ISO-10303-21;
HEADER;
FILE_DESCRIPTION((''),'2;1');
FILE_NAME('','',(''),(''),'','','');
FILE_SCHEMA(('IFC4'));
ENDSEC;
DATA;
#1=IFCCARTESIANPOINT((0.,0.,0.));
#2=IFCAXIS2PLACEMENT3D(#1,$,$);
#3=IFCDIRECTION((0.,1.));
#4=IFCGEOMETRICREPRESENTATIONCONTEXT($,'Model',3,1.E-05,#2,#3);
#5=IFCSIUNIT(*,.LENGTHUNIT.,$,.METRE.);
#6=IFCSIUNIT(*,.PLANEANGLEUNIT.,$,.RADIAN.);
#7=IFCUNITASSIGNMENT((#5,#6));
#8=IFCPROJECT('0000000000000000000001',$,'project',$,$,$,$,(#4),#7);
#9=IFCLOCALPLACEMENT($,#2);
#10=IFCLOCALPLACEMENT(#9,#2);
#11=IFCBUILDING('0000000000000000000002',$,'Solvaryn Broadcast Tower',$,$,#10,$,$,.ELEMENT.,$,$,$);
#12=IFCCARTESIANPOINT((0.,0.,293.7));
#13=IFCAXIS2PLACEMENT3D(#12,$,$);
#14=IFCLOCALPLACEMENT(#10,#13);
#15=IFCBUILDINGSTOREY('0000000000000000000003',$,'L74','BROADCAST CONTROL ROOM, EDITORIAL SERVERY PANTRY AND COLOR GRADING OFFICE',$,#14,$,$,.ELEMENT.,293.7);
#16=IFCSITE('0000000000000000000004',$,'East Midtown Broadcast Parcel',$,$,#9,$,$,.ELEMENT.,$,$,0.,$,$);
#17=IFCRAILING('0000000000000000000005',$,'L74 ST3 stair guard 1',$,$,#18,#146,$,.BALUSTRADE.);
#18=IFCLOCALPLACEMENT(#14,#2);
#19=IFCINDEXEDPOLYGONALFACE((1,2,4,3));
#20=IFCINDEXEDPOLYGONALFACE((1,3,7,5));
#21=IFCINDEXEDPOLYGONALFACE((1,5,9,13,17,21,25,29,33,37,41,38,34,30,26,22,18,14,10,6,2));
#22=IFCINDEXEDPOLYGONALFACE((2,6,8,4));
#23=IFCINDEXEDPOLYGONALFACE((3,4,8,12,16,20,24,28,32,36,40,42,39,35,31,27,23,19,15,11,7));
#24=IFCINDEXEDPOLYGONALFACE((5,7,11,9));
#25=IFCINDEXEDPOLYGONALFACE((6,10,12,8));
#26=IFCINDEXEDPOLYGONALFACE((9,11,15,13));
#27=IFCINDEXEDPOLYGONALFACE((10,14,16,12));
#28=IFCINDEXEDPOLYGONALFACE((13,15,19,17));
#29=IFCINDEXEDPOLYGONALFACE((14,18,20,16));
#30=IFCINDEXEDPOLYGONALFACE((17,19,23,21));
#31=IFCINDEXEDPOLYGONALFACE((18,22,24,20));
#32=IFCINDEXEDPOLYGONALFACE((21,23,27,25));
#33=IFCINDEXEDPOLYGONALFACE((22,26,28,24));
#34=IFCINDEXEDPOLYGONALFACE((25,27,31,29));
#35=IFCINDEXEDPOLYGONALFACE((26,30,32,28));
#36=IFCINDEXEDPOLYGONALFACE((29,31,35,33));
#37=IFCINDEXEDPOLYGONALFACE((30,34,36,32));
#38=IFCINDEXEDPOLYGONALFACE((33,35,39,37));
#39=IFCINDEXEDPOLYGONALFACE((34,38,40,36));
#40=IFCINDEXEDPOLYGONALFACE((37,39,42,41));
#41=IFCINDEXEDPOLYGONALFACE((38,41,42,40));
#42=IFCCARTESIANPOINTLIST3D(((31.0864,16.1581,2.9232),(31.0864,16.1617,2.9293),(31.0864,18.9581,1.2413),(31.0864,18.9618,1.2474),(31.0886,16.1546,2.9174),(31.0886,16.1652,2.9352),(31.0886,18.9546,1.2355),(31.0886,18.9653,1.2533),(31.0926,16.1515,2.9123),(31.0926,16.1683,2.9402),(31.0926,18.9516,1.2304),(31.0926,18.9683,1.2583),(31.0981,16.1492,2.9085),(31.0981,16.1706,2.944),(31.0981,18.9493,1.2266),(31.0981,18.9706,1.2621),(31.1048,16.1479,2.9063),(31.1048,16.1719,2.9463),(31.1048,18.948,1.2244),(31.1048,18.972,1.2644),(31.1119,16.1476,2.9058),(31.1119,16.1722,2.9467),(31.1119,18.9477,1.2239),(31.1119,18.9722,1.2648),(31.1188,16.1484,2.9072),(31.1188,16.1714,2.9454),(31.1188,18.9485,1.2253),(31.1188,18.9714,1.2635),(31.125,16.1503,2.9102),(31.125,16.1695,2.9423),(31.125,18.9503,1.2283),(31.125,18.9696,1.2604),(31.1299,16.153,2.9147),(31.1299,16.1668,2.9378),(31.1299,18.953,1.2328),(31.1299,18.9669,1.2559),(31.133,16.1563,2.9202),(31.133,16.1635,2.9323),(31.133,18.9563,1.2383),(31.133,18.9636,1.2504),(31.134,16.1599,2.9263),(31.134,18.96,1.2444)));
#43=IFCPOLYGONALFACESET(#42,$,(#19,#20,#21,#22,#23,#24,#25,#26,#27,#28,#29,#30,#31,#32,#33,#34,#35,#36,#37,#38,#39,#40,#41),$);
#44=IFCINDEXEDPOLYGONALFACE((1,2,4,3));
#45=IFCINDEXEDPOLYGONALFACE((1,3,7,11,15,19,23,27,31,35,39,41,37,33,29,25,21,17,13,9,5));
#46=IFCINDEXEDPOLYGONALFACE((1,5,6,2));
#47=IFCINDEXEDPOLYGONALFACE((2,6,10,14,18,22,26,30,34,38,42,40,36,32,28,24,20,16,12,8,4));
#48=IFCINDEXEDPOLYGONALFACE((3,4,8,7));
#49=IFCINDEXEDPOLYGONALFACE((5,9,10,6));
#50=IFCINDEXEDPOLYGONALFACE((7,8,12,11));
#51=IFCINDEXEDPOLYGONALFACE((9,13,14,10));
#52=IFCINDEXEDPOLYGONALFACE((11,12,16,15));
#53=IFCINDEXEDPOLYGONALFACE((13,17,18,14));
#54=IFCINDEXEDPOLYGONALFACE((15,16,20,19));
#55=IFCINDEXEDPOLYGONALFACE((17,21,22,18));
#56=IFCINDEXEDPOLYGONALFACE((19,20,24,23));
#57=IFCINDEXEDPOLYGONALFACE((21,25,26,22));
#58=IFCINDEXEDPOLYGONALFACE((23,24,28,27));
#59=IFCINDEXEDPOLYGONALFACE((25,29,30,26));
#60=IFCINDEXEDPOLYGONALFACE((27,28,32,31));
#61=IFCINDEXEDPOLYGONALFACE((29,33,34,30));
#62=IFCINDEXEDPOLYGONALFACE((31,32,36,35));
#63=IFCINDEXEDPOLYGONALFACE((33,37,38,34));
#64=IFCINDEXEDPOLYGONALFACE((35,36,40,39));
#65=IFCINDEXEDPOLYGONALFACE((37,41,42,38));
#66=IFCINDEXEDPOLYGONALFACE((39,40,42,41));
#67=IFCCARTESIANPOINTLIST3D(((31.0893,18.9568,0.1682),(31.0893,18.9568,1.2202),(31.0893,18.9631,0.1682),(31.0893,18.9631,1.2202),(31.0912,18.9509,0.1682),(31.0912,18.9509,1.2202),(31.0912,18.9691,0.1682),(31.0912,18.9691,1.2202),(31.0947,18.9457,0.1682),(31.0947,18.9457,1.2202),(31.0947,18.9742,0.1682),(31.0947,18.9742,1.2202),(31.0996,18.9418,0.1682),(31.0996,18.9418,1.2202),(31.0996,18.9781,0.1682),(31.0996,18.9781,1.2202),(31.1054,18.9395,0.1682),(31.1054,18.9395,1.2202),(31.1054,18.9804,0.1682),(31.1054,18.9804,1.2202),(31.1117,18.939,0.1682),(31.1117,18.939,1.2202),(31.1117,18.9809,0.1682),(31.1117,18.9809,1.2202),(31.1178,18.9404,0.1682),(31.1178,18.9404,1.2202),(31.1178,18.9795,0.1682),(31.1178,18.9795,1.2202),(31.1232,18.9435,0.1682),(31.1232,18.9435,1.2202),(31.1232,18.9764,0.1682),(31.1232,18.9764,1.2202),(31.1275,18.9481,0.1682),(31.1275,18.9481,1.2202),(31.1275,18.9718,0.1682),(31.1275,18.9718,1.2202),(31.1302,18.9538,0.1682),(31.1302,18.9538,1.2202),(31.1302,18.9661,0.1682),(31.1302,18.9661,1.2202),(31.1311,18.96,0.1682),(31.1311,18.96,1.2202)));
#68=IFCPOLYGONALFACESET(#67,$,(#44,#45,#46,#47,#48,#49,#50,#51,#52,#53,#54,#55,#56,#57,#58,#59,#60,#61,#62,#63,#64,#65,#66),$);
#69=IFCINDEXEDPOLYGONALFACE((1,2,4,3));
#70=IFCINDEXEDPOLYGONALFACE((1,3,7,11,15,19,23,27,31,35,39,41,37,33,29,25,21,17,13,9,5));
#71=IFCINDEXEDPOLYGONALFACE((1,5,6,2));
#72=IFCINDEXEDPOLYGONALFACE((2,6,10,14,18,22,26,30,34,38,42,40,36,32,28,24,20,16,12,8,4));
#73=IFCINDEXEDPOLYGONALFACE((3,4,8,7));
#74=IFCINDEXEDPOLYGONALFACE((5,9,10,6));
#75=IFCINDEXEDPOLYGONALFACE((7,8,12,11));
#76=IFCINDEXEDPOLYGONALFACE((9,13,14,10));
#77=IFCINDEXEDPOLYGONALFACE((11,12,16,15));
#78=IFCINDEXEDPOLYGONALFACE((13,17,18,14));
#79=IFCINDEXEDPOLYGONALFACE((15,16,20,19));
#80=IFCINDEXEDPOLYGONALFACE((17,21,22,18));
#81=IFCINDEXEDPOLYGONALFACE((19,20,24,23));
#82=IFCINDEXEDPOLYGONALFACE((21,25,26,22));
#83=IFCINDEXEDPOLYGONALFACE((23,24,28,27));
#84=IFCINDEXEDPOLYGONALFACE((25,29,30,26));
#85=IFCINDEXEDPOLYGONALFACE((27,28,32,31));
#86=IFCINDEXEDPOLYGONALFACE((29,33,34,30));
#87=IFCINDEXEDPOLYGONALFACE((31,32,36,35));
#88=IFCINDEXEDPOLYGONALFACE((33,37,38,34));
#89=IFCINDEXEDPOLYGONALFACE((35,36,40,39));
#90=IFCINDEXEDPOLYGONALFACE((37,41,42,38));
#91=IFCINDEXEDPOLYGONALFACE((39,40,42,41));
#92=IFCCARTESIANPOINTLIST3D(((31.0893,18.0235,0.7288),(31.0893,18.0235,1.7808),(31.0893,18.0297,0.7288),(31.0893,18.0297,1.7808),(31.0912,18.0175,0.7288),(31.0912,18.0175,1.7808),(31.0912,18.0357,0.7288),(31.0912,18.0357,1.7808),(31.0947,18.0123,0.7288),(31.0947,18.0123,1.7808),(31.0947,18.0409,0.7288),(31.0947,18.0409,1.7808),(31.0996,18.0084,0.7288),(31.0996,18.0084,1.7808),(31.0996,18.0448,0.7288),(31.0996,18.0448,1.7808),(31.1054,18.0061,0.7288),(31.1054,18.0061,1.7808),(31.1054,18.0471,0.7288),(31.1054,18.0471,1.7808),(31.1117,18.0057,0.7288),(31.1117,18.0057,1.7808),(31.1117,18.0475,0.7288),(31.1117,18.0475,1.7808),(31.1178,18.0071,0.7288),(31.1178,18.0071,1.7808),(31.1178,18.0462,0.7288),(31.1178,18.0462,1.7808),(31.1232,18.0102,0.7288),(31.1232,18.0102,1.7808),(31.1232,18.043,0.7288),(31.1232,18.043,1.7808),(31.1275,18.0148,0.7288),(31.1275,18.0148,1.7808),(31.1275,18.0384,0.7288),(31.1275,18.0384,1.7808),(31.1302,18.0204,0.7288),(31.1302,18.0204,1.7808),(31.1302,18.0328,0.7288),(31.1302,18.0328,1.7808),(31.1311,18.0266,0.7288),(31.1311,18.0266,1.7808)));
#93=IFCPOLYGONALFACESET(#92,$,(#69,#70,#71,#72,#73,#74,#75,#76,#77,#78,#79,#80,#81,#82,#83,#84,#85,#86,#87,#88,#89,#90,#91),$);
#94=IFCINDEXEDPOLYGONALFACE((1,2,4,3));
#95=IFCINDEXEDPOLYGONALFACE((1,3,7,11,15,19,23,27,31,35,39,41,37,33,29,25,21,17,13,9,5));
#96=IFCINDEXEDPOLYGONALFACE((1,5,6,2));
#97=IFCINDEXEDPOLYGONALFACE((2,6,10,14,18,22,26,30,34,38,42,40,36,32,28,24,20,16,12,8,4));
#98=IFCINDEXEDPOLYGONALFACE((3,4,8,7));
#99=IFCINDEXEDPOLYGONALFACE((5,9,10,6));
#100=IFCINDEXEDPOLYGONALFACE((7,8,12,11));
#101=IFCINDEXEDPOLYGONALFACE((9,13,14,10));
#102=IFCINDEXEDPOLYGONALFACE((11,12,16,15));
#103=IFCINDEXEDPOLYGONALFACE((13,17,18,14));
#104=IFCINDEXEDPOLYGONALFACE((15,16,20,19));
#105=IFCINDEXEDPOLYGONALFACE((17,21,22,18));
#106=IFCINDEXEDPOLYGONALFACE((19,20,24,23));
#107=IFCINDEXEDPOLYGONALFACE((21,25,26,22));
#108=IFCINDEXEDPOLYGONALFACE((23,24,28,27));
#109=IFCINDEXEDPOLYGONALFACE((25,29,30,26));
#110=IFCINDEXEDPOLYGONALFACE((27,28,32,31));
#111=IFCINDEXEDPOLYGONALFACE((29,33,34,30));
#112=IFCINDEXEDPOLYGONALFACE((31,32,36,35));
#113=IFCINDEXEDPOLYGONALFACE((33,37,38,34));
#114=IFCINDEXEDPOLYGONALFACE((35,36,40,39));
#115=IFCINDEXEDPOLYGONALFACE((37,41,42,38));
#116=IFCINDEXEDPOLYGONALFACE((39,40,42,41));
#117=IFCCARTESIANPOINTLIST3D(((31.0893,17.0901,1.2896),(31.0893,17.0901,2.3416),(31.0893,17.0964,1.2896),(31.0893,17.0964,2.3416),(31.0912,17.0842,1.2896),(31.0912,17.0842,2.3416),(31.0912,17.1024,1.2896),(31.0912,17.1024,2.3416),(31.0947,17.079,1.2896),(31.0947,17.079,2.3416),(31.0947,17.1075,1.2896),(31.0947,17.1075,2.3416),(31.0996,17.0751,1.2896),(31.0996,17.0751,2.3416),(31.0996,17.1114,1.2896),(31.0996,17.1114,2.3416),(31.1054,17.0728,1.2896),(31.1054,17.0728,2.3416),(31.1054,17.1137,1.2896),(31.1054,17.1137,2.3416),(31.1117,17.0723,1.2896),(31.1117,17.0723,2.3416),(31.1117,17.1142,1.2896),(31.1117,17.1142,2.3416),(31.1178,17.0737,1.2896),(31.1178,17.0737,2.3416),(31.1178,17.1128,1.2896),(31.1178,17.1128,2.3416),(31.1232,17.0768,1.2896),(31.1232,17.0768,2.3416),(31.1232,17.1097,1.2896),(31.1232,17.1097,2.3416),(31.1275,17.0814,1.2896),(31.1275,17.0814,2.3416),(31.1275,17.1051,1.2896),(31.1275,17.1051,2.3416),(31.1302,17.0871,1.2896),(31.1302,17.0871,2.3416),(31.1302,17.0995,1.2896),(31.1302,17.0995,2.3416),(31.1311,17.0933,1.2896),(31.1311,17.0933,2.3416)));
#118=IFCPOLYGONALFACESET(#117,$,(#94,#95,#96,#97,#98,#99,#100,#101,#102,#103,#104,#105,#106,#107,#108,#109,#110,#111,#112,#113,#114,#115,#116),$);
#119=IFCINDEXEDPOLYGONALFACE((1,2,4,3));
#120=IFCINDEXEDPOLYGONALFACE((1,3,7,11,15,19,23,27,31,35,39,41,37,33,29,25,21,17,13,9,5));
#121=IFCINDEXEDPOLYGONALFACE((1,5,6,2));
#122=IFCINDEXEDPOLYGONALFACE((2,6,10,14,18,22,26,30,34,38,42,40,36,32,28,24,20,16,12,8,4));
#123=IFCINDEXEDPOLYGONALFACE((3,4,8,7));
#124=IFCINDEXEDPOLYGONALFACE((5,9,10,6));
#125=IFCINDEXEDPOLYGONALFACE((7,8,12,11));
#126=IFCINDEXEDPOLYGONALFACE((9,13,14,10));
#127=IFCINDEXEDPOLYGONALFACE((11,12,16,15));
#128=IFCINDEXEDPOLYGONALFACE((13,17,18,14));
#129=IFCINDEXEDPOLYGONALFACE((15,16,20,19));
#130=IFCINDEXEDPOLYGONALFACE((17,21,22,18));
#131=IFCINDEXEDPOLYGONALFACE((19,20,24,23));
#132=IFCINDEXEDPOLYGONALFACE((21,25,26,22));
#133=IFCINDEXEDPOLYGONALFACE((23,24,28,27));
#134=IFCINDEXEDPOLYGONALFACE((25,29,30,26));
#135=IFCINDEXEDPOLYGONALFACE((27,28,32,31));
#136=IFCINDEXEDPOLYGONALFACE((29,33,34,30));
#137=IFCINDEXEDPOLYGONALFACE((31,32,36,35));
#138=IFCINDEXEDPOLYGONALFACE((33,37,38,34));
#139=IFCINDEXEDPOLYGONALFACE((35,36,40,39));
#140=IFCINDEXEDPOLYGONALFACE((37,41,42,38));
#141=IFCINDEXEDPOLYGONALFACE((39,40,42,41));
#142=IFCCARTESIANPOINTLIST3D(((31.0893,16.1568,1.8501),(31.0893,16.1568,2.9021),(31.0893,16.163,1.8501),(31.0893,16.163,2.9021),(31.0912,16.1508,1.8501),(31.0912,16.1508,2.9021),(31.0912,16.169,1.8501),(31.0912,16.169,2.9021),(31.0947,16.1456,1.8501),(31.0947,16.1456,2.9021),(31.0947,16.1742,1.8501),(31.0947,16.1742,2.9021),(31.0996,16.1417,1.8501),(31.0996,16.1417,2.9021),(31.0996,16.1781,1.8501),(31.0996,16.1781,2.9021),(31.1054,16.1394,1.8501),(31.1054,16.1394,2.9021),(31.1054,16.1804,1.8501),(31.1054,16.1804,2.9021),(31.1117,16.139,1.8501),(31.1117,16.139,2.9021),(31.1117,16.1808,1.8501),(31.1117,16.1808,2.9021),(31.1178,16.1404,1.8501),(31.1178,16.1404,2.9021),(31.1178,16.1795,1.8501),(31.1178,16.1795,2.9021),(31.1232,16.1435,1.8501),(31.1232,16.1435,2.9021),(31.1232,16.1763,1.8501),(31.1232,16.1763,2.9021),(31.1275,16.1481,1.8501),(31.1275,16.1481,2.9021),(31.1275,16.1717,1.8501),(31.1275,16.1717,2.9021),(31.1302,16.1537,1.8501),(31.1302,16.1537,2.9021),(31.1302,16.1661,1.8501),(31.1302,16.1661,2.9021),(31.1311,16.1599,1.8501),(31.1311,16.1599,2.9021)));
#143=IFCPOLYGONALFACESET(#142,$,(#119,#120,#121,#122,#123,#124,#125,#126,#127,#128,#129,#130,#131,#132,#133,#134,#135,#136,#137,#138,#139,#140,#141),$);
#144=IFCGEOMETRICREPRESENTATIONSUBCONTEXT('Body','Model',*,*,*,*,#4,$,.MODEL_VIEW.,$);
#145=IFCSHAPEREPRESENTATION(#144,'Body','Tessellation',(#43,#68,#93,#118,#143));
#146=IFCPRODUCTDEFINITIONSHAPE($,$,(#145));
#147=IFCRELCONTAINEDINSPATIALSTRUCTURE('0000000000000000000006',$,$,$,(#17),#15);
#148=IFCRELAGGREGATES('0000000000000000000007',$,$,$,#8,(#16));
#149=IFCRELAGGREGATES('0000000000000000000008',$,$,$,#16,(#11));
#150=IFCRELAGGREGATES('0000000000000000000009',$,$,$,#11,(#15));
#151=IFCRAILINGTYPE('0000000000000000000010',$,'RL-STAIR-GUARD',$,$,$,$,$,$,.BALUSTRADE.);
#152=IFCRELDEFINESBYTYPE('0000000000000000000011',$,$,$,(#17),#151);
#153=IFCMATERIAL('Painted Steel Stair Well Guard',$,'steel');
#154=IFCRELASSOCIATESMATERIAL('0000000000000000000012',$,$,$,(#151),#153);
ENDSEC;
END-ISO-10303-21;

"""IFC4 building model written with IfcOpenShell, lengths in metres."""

from ifc_helpers import new_model, si_unit, direction, frame, origin, origin_2d, place, context, subcontext, project, spatial, circle, extrude, material, type_object, element, save


model = new_model("IFC4")

# Units and contexts
model_context = context("Model", 3, precision=1e-05, world=origin(), true_north=direction((0.0, 1.0)))
body_context = subcontext(model_context, "Body", "Model", "MODEL_VIEW")
ifc_project = project(units=[si_unit("LENGTHUNIT", "METRE"), si_unit("PLANEANGLEUNIT", "RADIAN")], contexts=[model_context])

# Site, building, storey
site_placement = place(None, origin())
site = spatial("IfcSite", under=ifc_project, at=site_placement, Name="East Midtown Broadcast Parcel", CompositionType="ELEMENT", RefElevation=0.0)
building_placement = place(site_placement, origin())
building = spatial("IfcBuilding", under=site, at=building_placement, Name="Solvaryn Broadcast Tower", CompositionType="ELEMENT")
storey_placement = place(building_placement, frame((0.0, 0.0, 293.7)))
storey = spatial("IfcBuildingStorey", under=building, at=storey_placement, Name="L74", Description="BROADCAST CONTROL ROOM, EDITORIAL SERVERY PANTRY AND COLOR GRADING OFFICE", CompositionType="ELEMENT", Elevation=293.7)

# Railing
ifc_material_1 = material(Name="Painted Steel Stair Well Guard", Category="steel")
railing_type_1 = type_object("IfcRailingType", Name="RL-STAIR-GUARD", PredefinedType="BALUSTRADE", material=ifc_material_1)
railing_1_placement = place(storey_placement, frame((31.1101, 18.96, 0.1682)))
element("IfcRailing", 1, at=railing_1_placement, inside=storey, type_object=railing_type_1, Name="L74 ST3 stair guard 1", PredefinedType="BALUSTRADE", context=body_context, shape_type="SweptSolid", body=[
    extrude(circle(Radius=0.0239, at=origin_2d()), frame((0.0, 0.0, 1.0762), z_axis=(0.0, -0.857242, 0.514913), x_axis=(1.0, 0.0, 0.0)), (0.0, 0.0, 1.0), 3.2664),
    extrude(circle(Radius=0.021, at=origin_2d()), origin(), (0.0, 0.0, 1.0), 1.052),
    extrude(circle(Radius=0.021, at=origin_2d()), frame((0.0, -0.9333, 0.5605)), (0.0, 0.0, 1.0), 1.052),
    extrude(circle(Radius=0.021, at=origin_2d()), frame((0.0, -1.8667, 1.1213)), (0.0, 0.0, 1.0), 1.052),
    extrude(circle(Radius=0.021, at=origin_2d()), frame((0.0, -2.8, 1.6819)), (0.0, 0.0, 1.0), 1.052),
])

save(model, "model.ifc")
